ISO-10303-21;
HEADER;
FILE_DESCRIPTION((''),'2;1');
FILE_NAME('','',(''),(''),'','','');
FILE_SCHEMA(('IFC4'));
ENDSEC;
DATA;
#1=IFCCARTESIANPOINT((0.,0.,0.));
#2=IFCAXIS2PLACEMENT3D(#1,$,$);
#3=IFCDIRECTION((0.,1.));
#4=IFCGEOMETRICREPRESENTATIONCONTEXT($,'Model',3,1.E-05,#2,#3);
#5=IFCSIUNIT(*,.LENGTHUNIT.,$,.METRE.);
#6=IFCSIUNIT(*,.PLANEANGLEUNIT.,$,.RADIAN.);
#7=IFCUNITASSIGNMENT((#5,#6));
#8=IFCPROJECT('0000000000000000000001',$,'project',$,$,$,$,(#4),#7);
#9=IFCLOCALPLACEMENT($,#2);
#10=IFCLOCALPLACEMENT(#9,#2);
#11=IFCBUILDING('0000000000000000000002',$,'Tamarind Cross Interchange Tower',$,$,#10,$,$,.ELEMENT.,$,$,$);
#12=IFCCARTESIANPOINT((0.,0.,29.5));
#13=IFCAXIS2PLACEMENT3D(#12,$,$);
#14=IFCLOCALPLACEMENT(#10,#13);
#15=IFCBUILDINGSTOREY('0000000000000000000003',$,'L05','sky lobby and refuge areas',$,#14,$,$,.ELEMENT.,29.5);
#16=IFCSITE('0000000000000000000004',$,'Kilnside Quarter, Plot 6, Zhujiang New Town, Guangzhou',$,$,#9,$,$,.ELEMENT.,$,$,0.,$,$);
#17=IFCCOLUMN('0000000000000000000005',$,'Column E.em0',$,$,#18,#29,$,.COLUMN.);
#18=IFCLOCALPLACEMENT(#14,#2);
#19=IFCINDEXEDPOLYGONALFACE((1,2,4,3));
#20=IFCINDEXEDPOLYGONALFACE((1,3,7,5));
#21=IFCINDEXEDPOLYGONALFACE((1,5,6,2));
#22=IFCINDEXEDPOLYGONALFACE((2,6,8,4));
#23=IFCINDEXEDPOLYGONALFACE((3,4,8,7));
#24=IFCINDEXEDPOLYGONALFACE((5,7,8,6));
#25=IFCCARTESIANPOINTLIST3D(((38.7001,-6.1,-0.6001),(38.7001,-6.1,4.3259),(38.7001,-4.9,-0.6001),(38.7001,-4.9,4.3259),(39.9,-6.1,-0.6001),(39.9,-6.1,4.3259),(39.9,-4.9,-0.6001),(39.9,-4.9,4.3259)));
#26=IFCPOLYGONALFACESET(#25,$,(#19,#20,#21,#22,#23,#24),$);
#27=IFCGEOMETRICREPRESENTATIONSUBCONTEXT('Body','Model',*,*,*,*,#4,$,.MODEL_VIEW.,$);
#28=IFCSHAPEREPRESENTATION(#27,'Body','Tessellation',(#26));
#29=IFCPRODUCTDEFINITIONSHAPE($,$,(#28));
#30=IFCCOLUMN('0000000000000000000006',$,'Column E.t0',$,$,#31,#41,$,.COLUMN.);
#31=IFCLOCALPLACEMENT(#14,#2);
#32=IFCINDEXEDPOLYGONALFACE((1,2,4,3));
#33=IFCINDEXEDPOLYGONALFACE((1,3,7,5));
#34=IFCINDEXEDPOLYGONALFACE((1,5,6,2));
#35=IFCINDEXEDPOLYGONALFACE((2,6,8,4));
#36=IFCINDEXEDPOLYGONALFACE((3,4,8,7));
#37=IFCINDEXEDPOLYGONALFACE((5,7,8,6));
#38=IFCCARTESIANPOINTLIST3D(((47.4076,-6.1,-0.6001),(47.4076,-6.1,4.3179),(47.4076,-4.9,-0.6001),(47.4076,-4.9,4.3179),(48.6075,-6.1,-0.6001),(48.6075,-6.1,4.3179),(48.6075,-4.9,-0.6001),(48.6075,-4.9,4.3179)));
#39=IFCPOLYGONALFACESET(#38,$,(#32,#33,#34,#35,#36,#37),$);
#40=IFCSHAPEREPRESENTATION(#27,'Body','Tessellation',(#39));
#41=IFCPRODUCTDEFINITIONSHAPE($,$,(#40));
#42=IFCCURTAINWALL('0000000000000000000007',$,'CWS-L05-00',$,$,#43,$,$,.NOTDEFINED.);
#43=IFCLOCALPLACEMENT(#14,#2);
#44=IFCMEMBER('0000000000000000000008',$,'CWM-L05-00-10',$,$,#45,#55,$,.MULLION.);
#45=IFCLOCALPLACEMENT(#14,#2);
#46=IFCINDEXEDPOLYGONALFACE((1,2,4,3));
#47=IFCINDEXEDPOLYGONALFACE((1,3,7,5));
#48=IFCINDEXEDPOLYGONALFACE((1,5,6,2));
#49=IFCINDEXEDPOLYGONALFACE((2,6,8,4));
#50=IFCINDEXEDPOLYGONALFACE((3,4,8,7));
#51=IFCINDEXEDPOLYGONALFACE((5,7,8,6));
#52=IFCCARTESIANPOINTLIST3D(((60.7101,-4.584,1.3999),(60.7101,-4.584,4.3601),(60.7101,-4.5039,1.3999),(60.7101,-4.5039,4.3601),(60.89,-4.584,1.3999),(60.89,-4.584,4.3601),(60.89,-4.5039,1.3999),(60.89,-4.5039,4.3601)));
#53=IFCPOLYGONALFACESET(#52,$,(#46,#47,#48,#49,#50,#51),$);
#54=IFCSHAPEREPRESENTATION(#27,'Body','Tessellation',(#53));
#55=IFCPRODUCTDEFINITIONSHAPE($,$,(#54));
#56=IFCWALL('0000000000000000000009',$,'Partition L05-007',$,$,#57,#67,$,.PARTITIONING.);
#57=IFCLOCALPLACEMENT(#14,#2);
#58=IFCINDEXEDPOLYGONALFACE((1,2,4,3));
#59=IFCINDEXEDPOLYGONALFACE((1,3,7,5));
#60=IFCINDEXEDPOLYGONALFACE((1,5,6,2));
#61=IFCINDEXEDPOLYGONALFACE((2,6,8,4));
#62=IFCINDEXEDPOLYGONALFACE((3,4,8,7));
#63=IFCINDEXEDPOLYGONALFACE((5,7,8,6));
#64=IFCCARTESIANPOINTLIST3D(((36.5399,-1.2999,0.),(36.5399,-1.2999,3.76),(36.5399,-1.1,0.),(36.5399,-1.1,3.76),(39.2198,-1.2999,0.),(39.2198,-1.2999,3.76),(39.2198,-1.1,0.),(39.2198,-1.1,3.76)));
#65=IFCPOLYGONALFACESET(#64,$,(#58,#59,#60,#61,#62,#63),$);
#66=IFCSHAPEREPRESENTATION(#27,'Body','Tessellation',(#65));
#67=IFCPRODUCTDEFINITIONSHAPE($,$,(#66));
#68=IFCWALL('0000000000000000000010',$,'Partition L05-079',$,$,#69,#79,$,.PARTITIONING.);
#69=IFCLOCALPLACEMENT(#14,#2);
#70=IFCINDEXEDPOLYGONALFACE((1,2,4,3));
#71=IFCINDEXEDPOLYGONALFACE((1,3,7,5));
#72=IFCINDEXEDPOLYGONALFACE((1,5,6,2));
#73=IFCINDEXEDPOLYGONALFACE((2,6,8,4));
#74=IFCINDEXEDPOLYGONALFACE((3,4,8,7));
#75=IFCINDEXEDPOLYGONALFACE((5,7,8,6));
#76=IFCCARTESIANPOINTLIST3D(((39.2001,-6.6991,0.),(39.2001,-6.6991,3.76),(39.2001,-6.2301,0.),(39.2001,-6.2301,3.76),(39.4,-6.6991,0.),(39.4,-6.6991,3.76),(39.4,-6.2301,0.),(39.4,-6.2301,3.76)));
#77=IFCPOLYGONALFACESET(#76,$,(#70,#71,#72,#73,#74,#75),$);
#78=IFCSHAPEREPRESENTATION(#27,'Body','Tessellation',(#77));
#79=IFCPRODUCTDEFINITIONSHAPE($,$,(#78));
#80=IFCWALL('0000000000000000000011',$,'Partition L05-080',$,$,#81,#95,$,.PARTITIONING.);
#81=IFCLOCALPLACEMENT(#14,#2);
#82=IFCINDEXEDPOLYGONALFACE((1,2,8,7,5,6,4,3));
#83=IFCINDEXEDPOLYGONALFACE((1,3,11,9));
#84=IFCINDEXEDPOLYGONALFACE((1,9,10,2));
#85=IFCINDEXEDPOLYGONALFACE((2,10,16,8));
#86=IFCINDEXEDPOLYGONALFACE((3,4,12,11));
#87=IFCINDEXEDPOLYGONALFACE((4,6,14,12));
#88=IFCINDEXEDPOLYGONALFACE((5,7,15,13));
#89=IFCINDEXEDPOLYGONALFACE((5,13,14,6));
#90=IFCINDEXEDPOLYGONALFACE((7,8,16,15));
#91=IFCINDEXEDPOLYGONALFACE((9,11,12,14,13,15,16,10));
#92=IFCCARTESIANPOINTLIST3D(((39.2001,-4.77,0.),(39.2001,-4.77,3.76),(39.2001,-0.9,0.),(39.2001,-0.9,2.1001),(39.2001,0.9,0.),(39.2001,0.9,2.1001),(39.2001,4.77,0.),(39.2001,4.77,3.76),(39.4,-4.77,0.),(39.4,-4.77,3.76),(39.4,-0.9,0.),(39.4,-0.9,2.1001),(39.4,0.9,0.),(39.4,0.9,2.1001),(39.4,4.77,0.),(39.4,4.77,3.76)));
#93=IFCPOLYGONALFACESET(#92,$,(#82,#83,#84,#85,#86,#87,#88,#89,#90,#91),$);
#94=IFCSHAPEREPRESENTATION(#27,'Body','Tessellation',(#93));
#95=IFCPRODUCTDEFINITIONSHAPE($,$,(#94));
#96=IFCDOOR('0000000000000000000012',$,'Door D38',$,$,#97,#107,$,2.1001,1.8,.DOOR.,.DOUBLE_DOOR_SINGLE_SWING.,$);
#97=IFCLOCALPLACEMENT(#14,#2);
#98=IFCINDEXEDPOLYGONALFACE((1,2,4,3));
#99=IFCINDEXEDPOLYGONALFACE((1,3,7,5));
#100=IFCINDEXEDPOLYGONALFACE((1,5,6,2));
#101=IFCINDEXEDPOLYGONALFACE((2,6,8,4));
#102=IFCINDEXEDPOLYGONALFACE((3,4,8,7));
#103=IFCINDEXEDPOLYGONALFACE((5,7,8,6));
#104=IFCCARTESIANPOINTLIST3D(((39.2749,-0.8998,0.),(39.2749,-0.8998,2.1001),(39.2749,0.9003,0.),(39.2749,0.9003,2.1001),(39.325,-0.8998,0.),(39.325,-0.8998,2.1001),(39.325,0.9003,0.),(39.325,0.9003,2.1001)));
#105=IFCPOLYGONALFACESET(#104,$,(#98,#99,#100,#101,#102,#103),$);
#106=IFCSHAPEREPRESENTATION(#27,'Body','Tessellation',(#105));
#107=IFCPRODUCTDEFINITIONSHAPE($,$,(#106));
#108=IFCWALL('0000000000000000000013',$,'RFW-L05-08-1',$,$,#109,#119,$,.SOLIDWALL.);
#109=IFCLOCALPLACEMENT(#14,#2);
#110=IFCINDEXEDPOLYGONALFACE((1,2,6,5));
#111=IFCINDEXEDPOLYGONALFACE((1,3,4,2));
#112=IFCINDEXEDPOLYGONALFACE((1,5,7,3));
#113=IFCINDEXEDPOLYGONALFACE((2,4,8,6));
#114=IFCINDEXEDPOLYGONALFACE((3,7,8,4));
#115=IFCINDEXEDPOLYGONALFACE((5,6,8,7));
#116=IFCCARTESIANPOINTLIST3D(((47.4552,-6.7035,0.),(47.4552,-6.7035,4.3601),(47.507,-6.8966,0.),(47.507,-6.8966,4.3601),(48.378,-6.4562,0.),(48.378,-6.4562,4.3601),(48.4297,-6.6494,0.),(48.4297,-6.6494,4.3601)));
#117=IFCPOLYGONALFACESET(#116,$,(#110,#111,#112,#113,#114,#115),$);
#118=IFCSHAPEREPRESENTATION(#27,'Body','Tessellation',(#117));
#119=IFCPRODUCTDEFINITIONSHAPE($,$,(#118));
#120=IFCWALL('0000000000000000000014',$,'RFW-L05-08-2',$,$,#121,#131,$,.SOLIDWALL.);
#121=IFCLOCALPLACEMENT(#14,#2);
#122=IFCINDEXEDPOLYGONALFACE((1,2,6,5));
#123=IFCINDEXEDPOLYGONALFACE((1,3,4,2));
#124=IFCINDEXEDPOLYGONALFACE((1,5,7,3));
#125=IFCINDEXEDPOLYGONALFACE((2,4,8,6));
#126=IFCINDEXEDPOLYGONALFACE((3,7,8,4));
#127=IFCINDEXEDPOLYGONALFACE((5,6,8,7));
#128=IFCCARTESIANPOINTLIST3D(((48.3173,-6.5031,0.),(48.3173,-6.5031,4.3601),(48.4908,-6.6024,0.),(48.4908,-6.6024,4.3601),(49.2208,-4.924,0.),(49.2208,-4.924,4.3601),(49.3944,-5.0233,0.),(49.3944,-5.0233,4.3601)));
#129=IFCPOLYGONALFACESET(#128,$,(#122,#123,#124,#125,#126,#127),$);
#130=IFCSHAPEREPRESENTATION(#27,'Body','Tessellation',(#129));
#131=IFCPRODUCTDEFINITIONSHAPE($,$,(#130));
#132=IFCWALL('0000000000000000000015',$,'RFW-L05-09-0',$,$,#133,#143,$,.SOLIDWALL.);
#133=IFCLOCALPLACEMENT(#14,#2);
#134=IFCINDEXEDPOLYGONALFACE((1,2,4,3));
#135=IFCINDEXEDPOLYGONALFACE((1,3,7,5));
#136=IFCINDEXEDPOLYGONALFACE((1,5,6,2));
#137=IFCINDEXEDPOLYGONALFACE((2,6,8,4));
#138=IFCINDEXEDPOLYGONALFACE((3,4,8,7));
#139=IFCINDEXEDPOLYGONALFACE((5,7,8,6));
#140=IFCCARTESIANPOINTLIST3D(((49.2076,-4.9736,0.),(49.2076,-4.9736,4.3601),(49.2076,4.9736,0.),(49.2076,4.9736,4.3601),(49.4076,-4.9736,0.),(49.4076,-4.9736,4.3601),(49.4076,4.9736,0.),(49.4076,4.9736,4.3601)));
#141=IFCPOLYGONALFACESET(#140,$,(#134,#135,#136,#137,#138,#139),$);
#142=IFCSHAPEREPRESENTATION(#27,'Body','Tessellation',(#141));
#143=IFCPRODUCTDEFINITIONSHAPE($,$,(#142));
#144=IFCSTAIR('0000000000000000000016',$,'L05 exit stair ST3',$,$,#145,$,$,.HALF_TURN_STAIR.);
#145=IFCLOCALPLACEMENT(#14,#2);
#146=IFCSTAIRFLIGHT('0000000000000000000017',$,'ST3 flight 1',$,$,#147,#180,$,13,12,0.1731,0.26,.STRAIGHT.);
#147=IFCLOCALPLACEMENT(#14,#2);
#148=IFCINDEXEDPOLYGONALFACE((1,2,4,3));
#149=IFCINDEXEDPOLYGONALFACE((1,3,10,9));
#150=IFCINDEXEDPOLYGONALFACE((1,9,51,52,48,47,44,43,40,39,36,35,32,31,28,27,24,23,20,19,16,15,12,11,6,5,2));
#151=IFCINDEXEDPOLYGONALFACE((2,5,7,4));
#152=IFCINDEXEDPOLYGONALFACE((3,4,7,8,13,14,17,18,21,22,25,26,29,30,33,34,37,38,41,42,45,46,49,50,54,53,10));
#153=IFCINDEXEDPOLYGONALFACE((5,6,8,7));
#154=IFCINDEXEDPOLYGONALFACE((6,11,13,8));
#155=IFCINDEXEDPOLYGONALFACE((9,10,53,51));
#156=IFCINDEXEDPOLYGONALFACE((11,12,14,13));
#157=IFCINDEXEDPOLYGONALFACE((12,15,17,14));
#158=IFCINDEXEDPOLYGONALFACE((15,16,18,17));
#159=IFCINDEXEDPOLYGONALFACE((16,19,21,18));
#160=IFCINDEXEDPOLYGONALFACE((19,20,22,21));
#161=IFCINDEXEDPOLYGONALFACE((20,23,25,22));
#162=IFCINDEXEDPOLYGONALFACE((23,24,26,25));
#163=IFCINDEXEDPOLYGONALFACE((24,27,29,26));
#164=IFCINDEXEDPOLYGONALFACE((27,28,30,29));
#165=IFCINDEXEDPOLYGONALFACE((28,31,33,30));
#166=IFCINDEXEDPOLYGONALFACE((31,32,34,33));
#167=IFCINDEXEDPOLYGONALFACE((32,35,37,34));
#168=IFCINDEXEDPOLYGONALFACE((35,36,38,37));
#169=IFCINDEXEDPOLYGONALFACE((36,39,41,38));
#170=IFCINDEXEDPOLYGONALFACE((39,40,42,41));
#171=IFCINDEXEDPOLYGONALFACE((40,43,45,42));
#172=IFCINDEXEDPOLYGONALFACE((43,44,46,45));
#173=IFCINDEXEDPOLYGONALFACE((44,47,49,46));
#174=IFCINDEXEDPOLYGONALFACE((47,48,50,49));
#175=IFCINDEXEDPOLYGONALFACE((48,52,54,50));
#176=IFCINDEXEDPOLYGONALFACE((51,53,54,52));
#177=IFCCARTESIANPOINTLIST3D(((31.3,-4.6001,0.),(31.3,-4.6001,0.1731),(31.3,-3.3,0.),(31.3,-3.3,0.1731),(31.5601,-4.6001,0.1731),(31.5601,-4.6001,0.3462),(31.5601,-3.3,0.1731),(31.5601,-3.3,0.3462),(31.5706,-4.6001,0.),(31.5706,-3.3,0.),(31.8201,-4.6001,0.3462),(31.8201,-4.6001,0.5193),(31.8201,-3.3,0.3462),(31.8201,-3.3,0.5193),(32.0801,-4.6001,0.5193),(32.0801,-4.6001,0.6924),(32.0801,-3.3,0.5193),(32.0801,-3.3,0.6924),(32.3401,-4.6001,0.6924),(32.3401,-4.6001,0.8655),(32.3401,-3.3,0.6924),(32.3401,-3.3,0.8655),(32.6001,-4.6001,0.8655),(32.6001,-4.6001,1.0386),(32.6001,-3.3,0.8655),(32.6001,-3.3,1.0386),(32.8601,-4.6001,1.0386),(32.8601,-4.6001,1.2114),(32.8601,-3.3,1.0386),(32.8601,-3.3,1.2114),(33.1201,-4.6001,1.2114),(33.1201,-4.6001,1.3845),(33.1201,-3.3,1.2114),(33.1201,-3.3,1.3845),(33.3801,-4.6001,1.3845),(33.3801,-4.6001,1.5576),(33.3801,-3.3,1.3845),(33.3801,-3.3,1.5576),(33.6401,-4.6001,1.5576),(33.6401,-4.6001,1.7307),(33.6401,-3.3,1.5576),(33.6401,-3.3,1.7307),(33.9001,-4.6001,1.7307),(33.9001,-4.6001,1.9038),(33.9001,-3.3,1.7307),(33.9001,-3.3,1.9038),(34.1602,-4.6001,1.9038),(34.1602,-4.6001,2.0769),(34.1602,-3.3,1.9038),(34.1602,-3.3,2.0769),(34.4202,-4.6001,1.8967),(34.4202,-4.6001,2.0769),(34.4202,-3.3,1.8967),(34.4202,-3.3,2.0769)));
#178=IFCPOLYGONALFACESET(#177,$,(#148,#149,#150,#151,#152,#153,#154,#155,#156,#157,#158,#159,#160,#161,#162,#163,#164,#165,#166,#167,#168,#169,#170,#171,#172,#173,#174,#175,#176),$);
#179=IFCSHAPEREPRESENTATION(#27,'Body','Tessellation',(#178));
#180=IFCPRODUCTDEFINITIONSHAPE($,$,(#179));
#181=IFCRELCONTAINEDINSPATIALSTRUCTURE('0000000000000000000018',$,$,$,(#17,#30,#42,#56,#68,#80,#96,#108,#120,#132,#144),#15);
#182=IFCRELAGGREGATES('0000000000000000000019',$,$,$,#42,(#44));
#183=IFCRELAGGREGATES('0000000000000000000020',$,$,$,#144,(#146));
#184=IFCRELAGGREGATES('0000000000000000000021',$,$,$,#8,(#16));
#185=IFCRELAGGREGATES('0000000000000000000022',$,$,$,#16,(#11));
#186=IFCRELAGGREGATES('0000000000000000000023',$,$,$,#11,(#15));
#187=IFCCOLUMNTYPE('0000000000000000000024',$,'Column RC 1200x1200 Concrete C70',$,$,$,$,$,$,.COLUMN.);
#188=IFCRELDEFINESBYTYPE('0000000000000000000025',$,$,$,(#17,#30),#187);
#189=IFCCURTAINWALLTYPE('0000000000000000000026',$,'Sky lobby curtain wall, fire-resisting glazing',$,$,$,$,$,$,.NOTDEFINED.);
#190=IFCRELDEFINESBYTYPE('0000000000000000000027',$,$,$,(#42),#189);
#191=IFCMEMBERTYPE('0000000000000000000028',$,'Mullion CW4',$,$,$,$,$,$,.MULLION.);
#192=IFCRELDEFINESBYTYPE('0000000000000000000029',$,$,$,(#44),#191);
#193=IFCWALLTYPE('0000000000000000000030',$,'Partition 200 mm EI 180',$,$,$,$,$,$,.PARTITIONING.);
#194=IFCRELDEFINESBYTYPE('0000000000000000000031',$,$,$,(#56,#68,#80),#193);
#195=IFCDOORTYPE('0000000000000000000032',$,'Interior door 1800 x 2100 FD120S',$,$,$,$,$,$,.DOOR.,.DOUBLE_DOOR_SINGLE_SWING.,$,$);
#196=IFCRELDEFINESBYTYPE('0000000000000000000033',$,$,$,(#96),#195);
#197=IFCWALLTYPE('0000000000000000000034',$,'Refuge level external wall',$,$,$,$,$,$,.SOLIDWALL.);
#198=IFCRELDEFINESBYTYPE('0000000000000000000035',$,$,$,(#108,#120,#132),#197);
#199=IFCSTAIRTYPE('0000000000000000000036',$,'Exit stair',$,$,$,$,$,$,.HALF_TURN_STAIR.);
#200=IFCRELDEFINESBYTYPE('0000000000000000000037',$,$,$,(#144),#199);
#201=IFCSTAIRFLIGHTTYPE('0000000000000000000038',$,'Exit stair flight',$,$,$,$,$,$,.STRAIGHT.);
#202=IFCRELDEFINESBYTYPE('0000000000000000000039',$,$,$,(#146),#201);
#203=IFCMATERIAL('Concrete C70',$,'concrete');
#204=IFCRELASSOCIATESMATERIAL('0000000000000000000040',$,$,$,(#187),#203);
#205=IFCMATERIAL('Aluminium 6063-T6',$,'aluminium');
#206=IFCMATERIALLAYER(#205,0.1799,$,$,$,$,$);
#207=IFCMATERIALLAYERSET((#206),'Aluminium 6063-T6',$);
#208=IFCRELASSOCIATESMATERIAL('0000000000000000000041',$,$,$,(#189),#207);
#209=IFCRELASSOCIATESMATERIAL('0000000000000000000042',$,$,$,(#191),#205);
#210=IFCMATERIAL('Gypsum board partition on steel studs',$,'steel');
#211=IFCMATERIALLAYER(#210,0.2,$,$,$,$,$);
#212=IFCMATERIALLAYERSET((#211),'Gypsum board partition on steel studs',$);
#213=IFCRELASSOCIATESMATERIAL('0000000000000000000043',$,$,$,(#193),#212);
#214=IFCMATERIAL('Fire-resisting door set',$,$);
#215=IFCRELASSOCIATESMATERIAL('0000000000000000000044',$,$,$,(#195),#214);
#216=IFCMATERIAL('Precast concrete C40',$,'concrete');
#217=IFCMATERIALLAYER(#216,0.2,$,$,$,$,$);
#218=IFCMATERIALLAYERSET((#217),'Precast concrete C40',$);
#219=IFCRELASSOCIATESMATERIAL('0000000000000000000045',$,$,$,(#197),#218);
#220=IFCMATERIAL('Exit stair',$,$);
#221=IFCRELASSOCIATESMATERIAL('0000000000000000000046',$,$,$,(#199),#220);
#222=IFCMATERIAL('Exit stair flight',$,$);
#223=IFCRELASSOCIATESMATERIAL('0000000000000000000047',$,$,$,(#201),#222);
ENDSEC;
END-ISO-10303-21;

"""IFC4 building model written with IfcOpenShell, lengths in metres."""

from ifc_helpers import new_model, si_unit, direction, frame, frame_2d, origin, origin_2d, place, context, subcontext, project, spatial, polyline, rectangle, outline, extrude, material, layer, layer_set, material_profile, profile_set, type_object, element, fill, aggregate, save


model = new_model("IFC4")

# Units and contexts
model_context = context("Model", 3, precision=1e-05, world=origin(), true_north=direction((0.0, 1.0)))
body_context = subcontext(model_context, "Body", "Model", "MODEL_VIEW")
ifc_project = project(units=[si_unit("LENGTHUNIT", "METRE"), si_unit("PLANEANGLEUNIT", "RADIAN")], contexts=[model_context])

# Site, building, storey
site_placement = place(None, origin())
site = spatial("IfcSite", under=ifc_project, at=site_placement, Name="Kilnside Quarter, Plot 6, Zhujiang New Town, Guangzhou", CompositionType="ELEMENT", RefElevation=0.0)
building_placement = place(site_placement, origin())
building = spatial("IfcBuilding", under=site, at=building_placement, Name="Tamarind Cross Interchange Tower", CompositionType="ELEMENT")
storey_placement = place(building_placement, frame((0.0, 0.0, 29.5)))
storey = spatial("IfcBuildingStorey", under=building, at=storey_placement, Name="L05", Description="sky lobby and refuge areas", CompositionType="ELEMENT", Elevation=29.5)

# Columns
ifc_material_1 = material(Name="Concrete C70", Category="concrete")
ifc_material_profile_1 = material_profile(ifc_material_1, rectangle(XDim=1.2, YDim=1.2, at=origin_2d()), Name="RC 1200x1200")
ifc_profile_set_1 = profile_set([ifc_material_profile_1], Name="Concrete C70")
column_type = type_object("IfcColumnType", Name="Column RC 1200x1200 Concrete C70", PredefinedType="COLUMN", material=ifc_profile_set_1)
column_1_placement = place(storey_placement, frame((39.3, -5.5, -0.6001), z_axis=(0.0, 0.0, 1.0), x_axis=(1.0, 0.0, 0.0)))
element("IfcColumn", 1, at=column_1_placement, inside=storey, type_object=column_type, Name="Column E.em0", PredefinedType="COLUMN", context=body_context, shape_type="SweptSolid", body=[
    extrude(rectangle(XDim=1.2, YDim=1.2, at=origin_2d()), origin(), (0.0, 0.0, 1.0), 4.926),
])
column_2_placement = place(storey_placement, frame((48.0076, -5.5, -0.6001), z_axis=(0.0, 0.0, 1.0), x_axis=(1.0, 0.0, 0.0)))
element("IfcColumn", 2, at=column_2_placement, inside=storey, type_object=column_type, Name="Column E.t0", PredefinedType="COLUMN", context=body_context, shape_type="SweptSolid", body=[
    extrude(rectangle(XDim=1.2, YDim=1.2, at=origin_2d()), origin(), (0.0, 0.0, 1.0), 4.918),
])

# Curtain wall, member
ifc_material_2 = material(Name="Aluminium 6063-T6", Category="aluminium")
ifc_layer_1 = layer(ifc_material_2, 0.1799)
ifc_layer_set_1 = layer_set([ifc_layer_1], Name="Aluminium 6063-T6")
curtain_wall_type = type_object("IfcCurtainWallType", Name="Sky lobby curtain wall, fire-resisting glazing", PredefinedType="NOTDEFINED", material=ifc_layer_set_1)
curtain_wall_placement = place(storey_placement, origin())
curtain_wall = element("IfcCurtainWall", 3, at=curtain_wall_placement, inside=storey, type_object=curtain_wall_type, Name="CWS-L05-00", PredefinedType="NOTDEFINED")
ifc_material_profile_2 = material_profile(ifc_material_2, rectangle(XDim=0.0801, YDim=0.1799, at=origin_2d()), Name="Mullion CW4")
ifc_profile_set_2 = profile_set([ifc_material_profile_2], Name="Aluminium 6063-T6")
member_type = type_object("IfcMemberType", Name="Mullion CW4", PredefinedType="MULLION", material=ifc_profile_set_2)
member_placement = place(storey_placement, frame((60.8, -4.5439, 1.3999), z_axis=(0.0, 0.0, 1.0), x_axis=(0.0, 1.0, 0.0)))
member = element("IfcMember", 4, at=member_placement, type_object=member_type, Name="CWM-L05-00-10", PredefinedType="MULLION", context=body_context, shape_type="SweptSolid", body=[
    extrude(rectangle(XDim=0.0801, YDim=0.1799, at=origin_2d()), origin(), (0.0, 0.0, 1.0), 2.9602),
])
aggregate(curtain_wall, [member])

# Walls
ifc_material_3 = material(Name="Gypsum board partition on steel studs", Category="steel")
ifc_layer_2 = layer(ifc_material_3, 0.2)
ifc_layer_set_2 = layer_set([ifc_layer_2], Name="Gypsum board partition on steel studs")
wall_type_1 = type_object("IfcWallType", Name="Partition 200 mm EI 180", PredefinedType="PARTITIONING", material=ifc_layer_set_2)
wall_1_placement = place(storey_placement, frame((36.54, -1.2, 0.0), z_axis=(0.0, 0.0, 1.0), x_axis=(1.0, 0.0, 0.0)))
element("IfcWall", 5, at=wall_1_placement, inside=storey, type_object=wall_type_1, Name="Partition L05-007", PredefinedType="PARTITIONING", context=body_context, shape_type="SweptSolid", body=[
    extrude(rectangle(XDim=2.6799, YDim=0.2, at=frame_2d((1.3398, 0.0))), origin(), (0.0, 0.0, 1.0), 3.76),
])
wall_2_placement = place(storey_placement, frame((39.3, -6.699, 0.0), z_axis=(0.0, 0.0, 1.0), x_axis=(0.0, 1.0, 0.0)))
element("IfcWall", 6, at=wall_2_placement, inside=storey, type_object=wall_type_1, Name="Partition L05-079", PredefinedType="PARTITIONING", context=body_context, shape_type="SweptSolid", body=[
    extrude(rectangle(XDim=0.469, YDim=0.2, at=frame_2d((0.2344, 0.0))), origin(), (0.0, 0.0, 1.0), 3.76),
])

# Wall, opening, door
wall_3_placement = place(storey_placement, frame((39.3, -4.77, 0.0), z_axis=(0.0, 0.0, 1.0), x_axis=(0.0, 1.0, 0.0)))
wall_3 = element("IfcWall", 7, at=wall_3_placement, inside=storey, type_object=wall_type_1, Name="Partition L05-080", PredefinedType="PARTITIONING", context=body_context, shape_type="SweptSolid", body=[
    extrude(rectangle(XDim=9.54, YDim=0.2, at=frame_2d((4.77, 0.0))), origin(), (0.0, 0.0, 1.0), 3.76),
])
opening_placement = place(wall_3_placement, frame((3.8701, 0.0, 0.0)))
opening = element("IfcOpeningElement", 8, at=opening_placement, cuts=wall_3, PredefinedType="OPENING", context=body_context, shape_type="SweptSolid", body=[
    extrude(rectangle(XDim=1.8, YDim=2.1001, at=frame_2d((0.8999, 1.05))), frame((0.0, 0.1099, 0.0), z_axis=(0.0, -1.0, 0.0), x_axis=(1.0, 0.0, 0.0)), (0.0, 0.0, 1.0), 0.22),
])
ifc_material_4 = material(Name="Fire-resisting door set")
door_type = type_object("IfcDoorType", Name="Interior door 1800 x 2100 FD120S", OperationType="DOUBLE_DOOR_SINGLE_SWING", PredefinedType="DOOR", material=ifc_material_4)
door_placement = place(opening_placement, frame((1.8, 0.0, 0.0), z_axis=(0.0, 0.0, 1.0), x_axis=(-1.0, 0.0, 0.0)))
door = element("IfcDoor", 9, at=door_placement, inside=storey, type_object=door_type, Name="Door D38", OperationType="DOUBLE_DOOR_SINGLE_SWING", OverallHeight=2.1001, OverallWidth=1.8, PredefinedType="DOOR", context=body_context, shape_type="SweptSolid", body=[
    extrude(rectangle(XDim=1.8, YDim=2.1001, at=frame_2d((0.8999, 1.05))), frame((0.0, 0.0249, 0.0), z_axis=(0.0, -1.0, 0.0), x_axis=(1.0, 0.0, 0.0)), (0.0, 0.0, 1.0), 0.05),
])
fill(opening, door)

# Walls
ifc_material_5 = material(Name="Precast concrete C40", Category="concrete")
ifc_layer_3 = layer(ifc_material_5, 0.2)
ifc_layer_set_3 = layer_set([ifc_layer_3], Name="Precast concrete C40")
wall_type_2 = type_object("IfcWallType", Name="Refuge level external wall", PredefinedType="SOLIDWALL", material=ifc_layer_set_3)
wall_4_placement = place(storey_placement, frame((47.4812, -6.8, 0.0), z_axis=(0.0, 0.0, 1.0), x_axis=(0.965916, 0.258855, 0.0)))
element("IfcWall", 10, at=wall_4_placement, inside=storey, type_object=wall_type_2, Name="RFW-L05-08-1", PredefinedType="SOLIDWALL", context=body_context, shape_type="SweptSolid", body=[
    extrude(rectangle(XDim=0.9553, YDim=0.2, at=frame_2d((0.4775, 0.0))), origin(), (0.0, 0.0, 1.0), 4.3601),
])
wall_5_placement = place(storey_placement, frame((48.4041, -6.5527, 0.0), z_axis=(0.0, 0.0, 1.0), x_axis=(0.496645, 0.867954, 0.0)))
element("IfcWall", 11, at=wall_5_placement, inside=storey, type_object=wall_type_2, Name="RFW-L05-08-2", PredefinedType="SOLIDWALL", context=body_context, shape_type="SweptSolid", body=[
    extrude(rectangle(XDim=1.8193, YDim=0.2, at=frame_2d((0.9097, 0.0))), origin(), (0.0, 0.0, 1.0), 4.3601),
])
wall_6_placement = place(storey_placement, frame((49.3076, -4.9736, 0.0), z_axis=(0.0, 0.0, 1.0), x_axis=(0.0, 1.0, 0.0)))
element("IfcWall", 12, at=wall_6_placement, inside=storey, type_object=wall_type_2, Name="RFW-L05-09-0", PredefinedType="SOLIDWALL", context=body_context, shape_type="SweptSolid", body=[
    extrude(rectangle(XDim=9.9473, YDim=0.2, at=frame_2d((4.9736, 0.0))), origin(), (0.0, 0.0, 1.0), 4.3601),
])

# Stair, stair flight
ifc_material_6 = material(Name="Exit stair")
stair_type = type_object("IfcStairType", Name="Exit stair", PredefinedType="HALF_TURN_STAIR", material=ifc_material_6)
stair_placement = place(storey_placement, origin())
stair = element("IfcStair", 13, at=stair_placement, inside=storey, type_object=stair_type, Name="L05 exit stair ST3", PredefinedType="HALF_TURN_STAIR")
ifc_material_7 = material(Name="Exit stair flight")
stair_flight_type = type_object("IfcStairFlightType", Name="Exit stair flight", PredefinedType="STRAIGHT", material=ifc_material_7)
stair_flight_1_placement = place(storey_placement, frame((31.3, -3.95, 0.0), z_axis=(0.0, 0.0, 1.0), x_axis=(1.0, 0.0, 0.0)))
stair_flight_1 = element("IfcStairFlight", 14, at=stair_flight_1_placement, type_object=stair_flight_type, Name="ST3 flight 1", NumberOfRisers=13, NumberOfTreads=12, PredefinedType="STRAIGHT", RiserHeight=0.1731, TreadLength=0.26, context=body_context, shape_type="SweptSolid", body=[
    extrude(outline(polyline([(0.0, 0.0), (0.0, 0.1731), (0.26, 0.1731), (0.26, 0.3462), (0.52, 0.3462), (0.52, 0.5193), (0.78, 0.5193), (0.78, 0.6924), (1.04, 0.6924), (1.04, 0.8655), (1.3, 0.8655), (1.3, 1.0386), (1.5601, 1.0386), (1.5601, 1.2114), (1.8201, 1.2114), (1.8201, 1.3845), (2.0801, 1.3845), (2.0801, 1.5576), (2.3401, 1.5576), (2.3401, 1.7307), (2.6001, 1.7307), (2.6001, 1.9038), (2.8601, 1.9038), (2.8601, 2.0769), (3.1201, 2.0769), (3.1201, 2.25), (3.1201, 1.8967), (0.2705, 0.0), (0.0, 0.0)])), frame((0.0, 0.6499, 0.0), z_axis=(0.0, -1.0, 0.0), x_axis=(1.0, 0.0, 0.0)), (0.0, 0.0, 1.0), 1.3),
])
aggregate(stair, [stair_flight_1])

save(model, "model.ifc")
